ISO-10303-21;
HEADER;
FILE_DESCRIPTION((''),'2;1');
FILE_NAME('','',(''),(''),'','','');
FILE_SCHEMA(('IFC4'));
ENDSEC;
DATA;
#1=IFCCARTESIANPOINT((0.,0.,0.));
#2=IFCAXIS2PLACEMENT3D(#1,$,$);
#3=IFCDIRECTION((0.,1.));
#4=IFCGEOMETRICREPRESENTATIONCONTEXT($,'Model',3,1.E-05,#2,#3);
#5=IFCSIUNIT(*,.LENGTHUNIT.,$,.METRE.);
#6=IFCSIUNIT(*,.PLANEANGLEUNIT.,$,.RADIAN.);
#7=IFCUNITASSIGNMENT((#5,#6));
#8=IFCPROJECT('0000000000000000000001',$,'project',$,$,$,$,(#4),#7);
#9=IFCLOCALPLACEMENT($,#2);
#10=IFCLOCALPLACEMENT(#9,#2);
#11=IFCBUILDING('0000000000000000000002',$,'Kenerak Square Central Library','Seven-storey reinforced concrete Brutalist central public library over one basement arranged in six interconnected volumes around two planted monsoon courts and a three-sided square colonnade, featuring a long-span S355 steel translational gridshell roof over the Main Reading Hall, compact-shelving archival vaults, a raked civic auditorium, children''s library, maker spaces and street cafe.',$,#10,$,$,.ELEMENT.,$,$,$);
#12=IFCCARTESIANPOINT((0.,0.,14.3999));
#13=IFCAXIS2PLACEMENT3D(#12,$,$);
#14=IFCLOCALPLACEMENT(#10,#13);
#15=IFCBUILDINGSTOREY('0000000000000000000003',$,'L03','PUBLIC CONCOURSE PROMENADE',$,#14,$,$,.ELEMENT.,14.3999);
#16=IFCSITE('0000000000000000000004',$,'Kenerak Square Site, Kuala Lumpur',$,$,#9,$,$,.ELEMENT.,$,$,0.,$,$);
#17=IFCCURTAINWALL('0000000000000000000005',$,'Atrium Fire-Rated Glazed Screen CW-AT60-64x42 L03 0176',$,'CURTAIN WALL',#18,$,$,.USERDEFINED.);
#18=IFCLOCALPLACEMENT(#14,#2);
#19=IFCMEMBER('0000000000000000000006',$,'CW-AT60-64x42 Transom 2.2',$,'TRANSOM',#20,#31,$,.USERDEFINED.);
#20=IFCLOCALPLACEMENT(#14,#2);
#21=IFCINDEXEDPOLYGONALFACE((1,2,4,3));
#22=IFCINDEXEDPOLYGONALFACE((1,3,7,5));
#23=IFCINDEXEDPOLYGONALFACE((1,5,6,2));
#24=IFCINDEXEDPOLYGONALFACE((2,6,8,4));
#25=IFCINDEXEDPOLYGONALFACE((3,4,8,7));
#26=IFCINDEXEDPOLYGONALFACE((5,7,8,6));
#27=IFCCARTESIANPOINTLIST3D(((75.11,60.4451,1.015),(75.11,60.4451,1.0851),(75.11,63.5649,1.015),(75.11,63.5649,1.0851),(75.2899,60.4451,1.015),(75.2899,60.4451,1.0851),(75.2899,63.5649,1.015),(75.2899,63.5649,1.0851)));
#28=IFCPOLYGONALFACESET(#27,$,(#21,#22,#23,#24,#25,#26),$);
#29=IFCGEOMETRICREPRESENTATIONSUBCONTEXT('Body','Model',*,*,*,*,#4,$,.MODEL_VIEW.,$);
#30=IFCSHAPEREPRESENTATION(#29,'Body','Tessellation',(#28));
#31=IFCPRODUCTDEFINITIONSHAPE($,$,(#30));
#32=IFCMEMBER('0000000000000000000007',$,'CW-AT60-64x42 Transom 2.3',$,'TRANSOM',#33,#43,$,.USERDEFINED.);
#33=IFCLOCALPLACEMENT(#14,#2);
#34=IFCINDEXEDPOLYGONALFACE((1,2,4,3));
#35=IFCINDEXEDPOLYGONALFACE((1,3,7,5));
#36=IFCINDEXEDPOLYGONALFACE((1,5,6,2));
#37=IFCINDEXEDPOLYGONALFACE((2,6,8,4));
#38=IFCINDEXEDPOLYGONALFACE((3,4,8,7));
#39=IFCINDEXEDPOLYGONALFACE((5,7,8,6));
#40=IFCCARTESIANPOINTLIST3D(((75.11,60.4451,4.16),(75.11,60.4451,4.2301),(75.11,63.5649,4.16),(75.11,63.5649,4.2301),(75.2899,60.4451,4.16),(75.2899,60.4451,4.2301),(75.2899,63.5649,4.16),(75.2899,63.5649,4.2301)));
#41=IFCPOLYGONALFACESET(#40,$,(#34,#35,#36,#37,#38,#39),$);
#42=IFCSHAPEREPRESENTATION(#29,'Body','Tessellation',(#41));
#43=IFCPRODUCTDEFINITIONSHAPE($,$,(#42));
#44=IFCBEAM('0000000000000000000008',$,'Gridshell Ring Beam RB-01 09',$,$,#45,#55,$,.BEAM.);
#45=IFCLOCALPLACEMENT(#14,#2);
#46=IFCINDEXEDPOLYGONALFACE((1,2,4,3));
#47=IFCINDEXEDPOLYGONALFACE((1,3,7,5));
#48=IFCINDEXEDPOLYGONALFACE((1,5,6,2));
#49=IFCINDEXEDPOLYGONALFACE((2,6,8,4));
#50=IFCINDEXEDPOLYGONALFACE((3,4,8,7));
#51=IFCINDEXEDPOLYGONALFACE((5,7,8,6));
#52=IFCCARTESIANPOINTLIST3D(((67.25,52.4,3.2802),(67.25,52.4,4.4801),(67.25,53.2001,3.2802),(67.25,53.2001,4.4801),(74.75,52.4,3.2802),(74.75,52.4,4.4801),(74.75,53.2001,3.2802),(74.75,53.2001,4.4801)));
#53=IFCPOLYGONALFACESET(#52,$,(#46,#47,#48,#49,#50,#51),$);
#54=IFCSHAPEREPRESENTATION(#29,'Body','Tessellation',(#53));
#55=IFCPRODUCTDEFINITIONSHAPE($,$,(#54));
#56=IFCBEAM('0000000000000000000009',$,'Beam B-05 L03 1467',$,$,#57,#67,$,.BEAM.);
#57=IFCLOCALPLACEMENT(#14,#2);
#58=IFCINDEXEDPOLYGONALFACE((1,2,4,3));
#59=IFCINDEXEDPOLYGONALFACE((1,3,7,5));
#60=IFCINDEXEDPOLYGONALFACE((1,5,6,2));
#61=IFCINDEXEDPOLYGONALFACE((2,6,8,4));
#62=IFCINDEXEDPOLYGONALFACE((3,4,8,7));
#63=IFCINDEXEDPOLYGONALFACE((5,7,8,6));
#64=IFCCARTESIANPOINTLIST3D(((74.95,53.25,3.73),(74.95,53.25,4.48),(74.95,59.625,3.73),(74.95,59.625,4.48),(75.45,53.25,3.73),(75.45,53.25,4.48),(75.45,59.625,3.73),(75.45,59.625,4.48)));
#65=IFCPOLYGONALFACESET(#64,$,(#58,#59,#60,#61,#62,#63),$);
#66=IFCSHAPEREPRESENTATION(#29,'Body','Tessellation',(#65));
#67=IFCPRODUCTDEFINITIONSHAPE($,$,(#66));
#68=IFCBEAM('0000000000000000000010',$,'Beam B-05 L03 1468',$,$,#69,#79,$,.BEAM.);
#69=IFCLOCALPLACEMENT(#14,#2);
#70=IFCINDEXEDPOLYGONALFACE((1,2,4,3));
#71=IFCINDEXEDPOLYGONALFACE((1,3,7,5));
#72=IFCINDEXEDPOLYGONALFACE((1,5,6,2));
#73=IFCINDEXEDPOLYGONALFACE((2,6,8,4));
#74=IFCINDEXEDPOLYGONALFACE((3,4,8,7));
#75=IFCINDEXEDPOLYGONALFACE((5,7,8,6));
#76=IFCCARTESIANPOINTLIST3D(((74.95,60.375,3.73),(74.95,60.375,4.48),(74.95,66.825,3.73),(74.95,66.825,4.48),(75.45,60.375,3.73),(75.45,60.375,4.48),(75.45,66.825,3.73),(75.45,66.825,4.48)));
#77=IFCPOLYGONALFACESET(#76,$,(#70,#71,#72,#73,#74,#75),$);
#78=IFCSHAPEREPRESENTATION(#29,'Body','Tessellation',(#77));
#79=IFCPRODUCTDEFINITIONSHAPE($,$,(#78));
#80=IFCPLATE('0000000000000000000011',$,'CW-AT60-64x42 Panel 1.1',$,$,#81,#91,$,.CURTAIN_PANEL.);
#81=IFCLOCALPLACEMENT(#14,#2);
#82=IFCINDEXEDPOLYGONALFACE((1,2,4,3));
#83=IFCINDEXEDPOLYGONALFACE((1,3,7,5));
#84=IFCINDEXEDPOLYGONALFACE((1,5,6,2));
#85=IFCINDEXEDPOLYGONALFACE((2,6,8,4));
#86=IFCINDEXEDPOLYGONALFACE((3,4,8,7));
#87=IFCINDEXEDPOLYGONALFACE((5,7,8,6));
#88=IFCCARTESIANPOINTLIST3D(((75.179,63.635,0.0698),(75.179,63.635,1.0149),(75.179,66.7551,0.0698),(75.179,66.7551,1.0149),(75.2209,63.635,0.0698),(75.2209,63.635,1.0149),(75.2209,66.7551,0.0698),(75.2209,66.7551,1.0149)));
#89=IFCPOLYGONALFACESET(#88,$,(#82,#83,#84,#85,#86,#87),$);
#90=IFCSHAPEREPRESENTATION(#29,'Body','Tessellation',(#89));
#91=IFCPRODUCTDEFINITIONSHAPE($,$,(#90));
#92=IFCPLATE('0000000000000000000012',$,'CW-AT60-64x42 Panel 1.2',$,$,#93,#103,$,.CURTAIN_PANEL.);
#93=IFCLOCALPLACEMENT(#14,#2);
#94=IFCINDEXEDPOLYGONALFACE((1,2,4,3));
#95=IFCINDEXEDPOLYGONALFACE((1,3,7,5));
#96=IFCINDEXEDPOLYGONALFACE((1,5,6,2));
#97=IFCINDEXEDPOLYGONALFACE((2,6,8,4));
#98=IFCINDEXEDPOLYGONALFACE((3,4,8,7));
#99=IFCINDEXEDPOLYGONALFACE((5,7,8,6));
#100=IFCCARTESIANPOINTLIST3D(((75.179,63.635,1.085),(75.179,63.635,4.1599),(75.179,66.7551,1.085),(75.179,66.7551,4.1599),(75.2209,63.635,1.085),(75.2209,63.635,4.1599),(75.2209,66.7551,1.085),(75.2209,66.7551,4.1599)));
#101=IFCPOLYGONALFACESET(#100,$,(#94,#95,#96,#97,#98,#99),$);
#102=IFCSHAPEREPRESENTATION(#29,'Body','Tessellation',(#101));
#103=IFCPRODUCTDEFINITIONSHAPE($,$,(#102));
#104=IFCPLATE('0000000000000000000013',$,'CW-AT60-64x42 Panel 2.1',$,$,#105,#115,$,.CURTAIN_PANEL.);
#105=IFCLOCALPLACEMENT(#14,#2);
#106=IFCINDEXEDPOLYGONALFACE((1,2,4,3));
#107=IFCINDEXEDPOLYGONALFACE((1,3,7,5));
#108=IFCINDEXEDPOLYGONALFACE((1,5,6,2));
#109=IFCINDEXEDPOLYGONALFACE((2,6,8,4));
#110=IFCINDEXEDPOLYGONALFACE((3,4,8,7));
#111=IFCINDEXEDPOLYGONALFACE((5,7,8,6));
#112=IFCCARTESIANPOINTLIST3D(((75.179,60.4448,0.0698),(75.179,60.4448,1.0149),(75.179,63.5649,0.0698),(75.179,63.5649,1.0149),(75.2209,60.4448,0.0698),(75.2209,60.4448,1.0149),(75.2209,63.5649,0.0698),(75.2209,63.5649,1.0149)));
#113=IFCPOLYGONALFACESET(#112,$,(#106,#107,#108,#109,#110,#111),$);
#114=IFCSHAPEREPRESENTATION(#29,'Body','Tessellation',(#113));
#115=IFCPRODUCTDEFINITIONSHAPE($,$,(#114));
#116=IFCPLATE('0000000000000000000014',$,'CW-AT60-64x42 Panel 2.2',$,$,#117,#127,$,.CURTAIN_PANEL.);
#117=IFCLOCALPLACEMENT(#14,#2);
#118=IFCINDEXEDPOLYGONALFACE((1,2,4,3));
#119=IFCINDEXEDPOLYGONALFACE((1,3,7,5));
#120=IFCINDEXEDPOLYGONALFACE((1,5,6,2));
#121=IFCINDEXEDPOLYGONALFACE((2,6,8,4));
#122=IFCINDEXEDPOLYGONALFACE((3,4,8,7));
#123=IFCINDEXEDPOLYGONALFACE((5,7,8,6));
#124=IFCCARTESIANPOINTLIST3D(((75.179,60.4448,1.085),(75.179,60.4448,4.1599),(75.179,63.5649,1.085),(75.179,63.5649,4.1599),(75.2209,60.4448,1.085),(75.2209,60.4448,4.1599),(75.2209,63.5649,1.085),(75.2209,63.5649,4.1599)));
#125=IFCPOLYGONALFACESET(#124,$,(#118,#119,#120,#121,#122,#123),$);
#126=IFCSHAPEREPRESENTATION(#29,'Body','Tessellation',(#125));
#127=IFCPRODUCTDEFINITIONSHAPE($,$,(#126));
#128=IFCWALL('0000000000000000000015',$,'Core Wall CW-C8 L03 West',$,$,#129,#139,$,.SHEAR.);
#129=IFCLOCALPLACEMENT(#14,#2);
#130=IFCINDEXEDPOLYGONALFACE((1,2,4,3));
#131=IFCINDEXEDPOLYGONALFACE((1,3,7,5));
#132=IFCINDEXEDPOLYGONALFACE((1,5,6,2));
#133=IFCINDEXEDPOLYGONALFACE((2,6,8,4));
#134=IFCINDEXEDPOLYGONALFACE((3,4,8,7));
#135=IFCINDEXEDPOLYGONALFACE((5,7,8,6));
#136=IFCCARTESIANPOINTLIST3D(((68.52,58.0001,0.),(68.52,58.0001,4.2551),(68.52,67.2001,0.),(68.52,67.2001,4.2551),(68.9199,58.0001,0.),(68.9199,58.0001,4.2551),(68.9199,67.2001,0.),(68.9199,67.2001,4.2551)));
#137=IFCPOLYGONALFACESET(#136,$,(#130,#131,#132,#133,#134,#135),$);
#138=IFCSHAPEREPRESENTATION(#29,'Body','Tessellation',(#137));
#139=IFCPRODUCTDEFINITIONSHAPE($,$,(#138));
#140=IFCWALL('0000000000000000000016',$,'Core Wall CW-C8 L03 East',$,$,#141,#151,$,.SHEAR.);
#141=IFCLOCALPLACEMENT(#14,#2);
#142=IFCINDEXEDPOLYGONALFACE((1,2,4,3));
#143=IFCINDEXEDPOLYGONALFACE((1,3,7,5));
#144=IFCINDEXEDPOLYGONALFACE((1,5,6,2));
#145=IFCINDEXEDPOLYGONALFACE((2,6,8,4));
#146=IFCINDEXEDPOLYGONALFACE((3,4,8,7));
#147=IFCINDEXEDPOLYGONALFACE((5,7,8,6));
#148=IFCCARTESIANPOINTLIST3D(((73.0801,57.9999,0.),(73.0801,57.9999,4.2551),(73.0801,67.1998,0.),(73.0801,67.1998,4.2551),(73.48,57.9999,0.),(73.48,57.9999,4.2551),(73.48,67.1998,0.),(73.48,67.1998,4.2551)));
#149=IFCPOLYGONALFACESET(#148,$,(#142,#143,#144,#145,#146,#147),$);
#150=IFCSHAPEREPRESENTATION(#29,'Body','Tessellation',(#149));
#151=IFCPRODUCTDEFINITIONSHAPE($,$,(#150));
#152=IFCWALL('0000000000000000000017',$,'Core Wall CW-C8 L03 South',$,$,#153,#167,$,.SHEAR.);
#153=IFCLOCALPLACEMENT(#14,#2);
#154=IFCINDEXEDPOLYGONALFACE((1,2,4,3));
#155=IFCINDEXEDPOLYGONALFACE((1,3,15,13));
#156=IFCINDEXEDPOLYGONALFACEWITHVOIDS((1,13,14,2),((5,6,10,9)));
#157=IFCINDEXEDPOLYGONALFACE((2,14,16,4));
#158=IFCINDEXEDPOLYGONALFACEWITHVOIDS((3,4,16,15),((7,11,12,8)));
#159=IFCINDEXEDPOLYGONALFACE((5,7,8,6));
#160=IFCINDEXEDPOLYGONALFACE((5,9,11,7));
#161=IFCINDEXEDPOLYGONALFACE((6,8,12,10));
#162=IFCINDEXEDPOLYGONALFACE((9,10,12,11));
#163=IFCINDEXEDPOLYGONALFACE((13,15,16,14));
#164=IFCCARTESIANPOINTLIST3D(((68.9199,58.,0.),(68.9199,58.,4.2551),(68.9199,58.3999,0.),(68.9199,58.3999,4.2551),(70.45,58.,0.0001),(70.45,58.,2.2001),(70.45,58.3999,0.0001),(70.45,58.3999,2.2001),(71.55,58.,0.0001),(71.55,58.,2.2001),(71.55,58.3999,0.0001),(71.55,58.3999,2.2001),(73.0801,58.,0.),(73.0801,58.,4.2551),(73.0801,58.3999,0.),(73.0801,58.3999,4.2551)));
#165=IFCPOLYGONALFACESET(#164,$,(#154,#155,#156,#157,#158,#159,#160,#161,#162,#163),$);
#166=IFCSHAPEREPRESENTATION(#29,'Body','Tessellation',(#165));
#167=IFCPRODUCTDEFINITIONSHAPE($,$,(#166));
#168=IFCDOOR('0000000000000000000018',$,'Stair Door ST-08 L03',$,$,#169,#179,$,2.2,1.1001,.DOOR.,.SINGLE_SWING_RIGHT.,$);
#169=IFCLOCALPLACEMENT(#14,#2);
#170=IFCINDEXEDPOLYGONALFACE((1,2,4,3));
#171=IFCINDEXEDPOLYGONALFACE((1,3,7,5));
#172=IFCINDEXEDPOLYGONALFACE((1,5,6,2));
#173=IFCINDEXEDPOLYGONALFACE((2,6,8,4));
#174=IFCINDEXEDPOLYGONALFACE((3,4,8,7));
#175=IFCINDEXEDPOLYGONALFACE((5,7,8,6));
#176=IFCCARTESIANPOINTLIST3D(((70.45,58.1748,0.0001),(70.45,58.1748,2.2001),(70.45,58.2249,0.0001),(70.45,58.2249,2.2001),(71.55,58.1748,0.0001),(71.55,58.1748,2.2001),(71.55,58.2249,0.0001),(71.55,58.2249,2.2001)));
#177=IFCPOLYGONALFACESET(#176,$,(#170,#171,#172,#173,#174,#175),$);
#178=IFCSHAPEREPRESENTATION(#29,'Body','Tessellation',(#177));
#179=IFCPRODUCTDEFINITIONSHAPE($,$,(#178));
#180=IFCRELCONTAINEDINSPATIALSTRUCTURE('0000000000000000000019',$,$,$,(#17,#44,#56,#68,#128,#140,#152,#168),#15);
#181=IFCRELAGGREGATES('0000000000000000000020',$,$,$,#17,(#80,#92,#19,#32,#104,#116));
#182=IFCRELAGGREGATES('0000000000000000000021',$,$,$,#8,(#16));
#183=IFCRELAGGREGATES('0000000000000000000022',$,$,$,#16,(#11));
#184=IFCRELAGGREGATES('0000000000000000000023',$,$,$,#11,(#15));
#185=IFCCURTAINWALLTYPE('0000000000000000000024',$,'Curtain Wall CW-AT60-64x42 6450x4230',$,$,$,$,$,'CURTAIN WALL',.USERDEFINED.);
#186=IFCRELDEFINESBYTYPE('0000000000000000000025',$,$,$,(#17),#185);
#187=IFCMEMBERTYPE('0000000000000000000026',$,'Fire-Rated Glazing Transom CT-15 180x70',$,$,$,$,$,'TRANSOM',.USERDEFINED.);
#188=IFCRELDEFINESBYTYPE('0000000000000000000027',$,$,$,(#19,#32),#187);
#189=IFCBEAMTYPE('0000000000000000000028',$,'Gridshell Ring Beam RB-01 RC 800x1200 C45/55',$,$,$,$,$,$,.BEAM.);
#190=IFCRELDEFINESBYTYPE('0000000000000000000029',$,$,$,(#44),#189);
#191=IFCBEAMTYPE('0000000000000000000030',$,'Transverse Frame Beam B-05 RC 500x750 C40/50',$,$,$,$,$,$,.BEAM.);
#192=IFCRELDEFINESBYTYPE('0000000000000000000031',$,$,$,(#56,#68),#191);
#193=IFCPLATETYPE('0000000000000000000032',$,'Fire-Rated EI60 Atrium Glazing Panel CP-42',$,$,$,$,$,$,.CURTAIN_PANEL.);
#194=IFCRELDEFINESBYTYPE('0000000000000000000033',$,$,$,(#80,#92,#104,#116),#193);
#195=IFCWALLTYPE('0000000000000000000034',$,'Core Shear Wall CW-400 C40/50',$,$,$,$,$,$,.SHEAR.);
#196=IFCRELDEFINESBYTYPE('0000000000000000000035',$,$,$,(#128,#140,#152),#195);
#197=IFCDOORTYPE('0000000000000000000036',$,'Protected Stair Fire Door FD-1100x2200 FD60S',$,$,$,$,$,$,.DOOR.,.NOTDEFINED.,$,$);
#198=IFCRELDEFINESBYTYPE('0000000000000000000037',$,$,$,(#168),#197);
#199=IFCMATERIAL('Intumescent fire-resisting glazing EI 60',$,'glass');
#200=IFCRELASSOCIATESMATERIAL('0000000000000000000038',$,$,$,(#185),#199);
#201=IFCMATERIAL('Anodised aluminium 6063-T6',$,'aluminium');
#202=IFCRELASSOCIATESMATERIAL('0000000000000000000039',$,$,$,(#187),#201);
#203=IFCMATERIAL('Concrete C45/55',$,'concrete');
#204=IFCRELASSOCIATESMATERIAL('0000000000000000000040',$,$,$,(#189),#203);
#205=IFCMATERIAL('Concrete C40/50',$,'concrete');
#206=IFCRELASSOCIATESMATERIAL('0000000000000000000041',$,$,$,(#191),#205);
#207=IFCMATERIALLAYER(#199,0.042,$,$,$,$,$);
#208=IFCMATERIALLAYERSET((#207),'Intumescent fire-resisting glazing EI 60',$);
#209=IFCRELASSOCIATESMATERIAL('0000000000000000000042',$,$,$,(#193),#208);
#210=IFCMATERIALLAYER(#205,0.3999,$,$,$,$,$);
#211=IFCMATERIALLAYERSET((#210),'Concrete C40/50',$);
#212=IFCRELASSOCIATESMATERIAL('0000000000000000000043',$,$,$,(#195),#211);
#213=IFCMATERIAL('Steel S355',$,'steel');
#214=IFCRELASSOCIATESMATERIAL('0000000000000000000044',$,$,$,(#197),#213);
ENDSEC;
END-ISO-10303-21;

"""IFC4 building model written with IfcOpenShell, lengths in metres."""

from ifc_helpers import new_model, si_unit, direction, frame, frame_2d, origin, origin_2d, place, context, subcontext, project, spatial, rectangle, extrude, material, layer, layer_set, material_profile, profile_set, type_object, element, fill, aggregate, save


model = new_model("IFC4")

# Units and contexts
model_context = context("Model", 3, precision=1e-05, world=origin(), true_north=direction((0.0, 1.0)))
body_context = subcontext(model_context, "Body", "Model", "MODEL_VIEW")
ifc_project = project(units=[si_unit("LENGTHUNIT", "METRE"), si_unit("PLANEANGLEUNIT", "RADIAN")], contexts=[model_context])

# Site, building, storey
site_placement = place(None, origin())
site = spatial("IfcSite", under=ifc_project, at=site_placement, Name="Kenerak Square Site, Kuala Lumpur", CompositionType="ELEMENT", RefElevation=0.0)
building_placement = place(site_placement, origin())
building = spatial("IfcBuilding", under=site, at=building_placement, Name="Kenerak Square Central Library", Description="Seven-storey reinforced concrete Brutalist central public library over one basement arranged in six interconnected volumes around two planted monsoon courts and a three-sided square colonnade, featuring a long-span S355 steel translational gridshell roof over the Main Reading Hall, compact-shelving archival vaults, a raked civic auditorium, children's library, maker spaces and street cafe.", CompositionType="ELEMENT")
storey_placement = place(building_placement, frame((0.0, 0.0, 14.3999)))
storey = spatial("IfcBuildingStorey", under=building, at=storey_placement, Name="L03", Description="PUBLIC CONCOURSE PROMENADE", CompositionType="ELEMENT", Elevation=14.3999)

# Shared definitions
ifc_material_1 = material(Name="Concrete C40/50", Category="concrete")
ifc_material_2 = material(Name="Concrete C45/55", Category="concrete")

# Curtain wall, members
ifc_material_3 = material(Name="Intumescent fire-resisting glazing EI 60", Category="glass")
curtain_wall_type = type_object("IfcCurtainWallType", Name="Curtain Wall CW-AT60-64x42 6450x4230", ElementType="CURTAIN WALL", PredefinedType="USERDEFINED", material=ifc_material_3)
curtain_wall_placement = place(storey_placement, origin())
curtain_wall = element("IfcCurtainWall", 1, at=curtain_wall_placement, inside=storey, type_object=curtain_wall_type, Name="Atrium Fire-Rated Glazed Screen CW-AT60-64x42 L03 0176", ObjectType="CURTAIN WALL", PredefinedType="USERDEFINED")
ifc_material_4 = material(Name="Anodised aluminium 6063-T6", Category="aluminium")
ifc_material_profile_1 = material_profile(ifc_material_4, rectangle(XDim=0.1799, YDim=0.0701, at=origin_2d()), Name="AL TRANSOM 180x70")
ifc_profile_set_1 = profile_set([ifc_material_profile_1], Name="Anodised aluminium 6063-T6")
member_type_1 = type_object("IfcMemberType", Name="Fire-Rated Glazing Transom CT-15 180x70", ElementType="TRANSOM", PredefinedType="USERDEFINED", material=ifc_profile_set_1)
member_1_placement = place(storey_placement, frame((75.2, 63.5649, 1.05), z_axis=(0.0, -1.0, 0.0), x_axis=(1.0, 0.0, 0.0)))
member_1 = element("IfcMember", 2, at=member_1_placement, type_object=member_type_1, Name="CW-AT60-64x42 Transom 2.2", ObjectType="TRANSOM", PredefinedType="USERDEFINED", context=body_context, shape_type="SweptSolid", body=[
    extrude(rectangle(XDim=0.1799, YDim=0.0701, at=origin_2d()), origin(), (0.0, 0.0, 1.0), 3.1199),
])
member_2_placement = place(storey_placement, frame((75.2, 63.5649, 4.1951), z_axis=(0.0, -1.0, 0.0), x_axis=(1.0, 0.0, 0.0)))
member_2 = element("IfcMember", 3, at=member_2_placement, type_object=member_type_1, Name="CW-AT60-64x42 Transom 2.3", ObjectType="TRANSOM", PredefinedType="USERDEFINED", context=body_context, shape_type="SweptSolid", body=[
    extrude(rectangle(XDim=0.1799, YDim=0.0701, at=origin_2d()), origin(), (0.0, 0.0, 1.0), 3.1199),
])

# Beams
ifc_material_profile_2 = material_profile(ifc_material_2, rectangle(XDim=0.8, YDim=1.2, at=origin_2d()), Name="RC 800x1200")
ifc_profile_set_2 = profile_set([ifc_material_profile_2], Name="Concrete C45/55")
beam_type_1 = type_object("IfcBeamType", Name="Gridshell Ring Beam RB-01 RC 800x1200 C45/55", PredefinedType="BEAM", material=ifc_profile_set_2)
beam_1_placement = place(storey_placement, frame((67.25, 52.8, 3.8801), z_axis=(1.0, 0.0, 0.0), x_axis=(0.0, 1.0, 0.0)))
element("IfcBeam", 4, at=beam_1_placement, inside=storey, type_object=beam_type_1, Name="Gridshell Ring Beam RB-01 09", PredefinedType="BEAM", context=body_context, shape_type="SweptSolid", body=[
    extrude(rectangle(XDim=0.8, YDim=1.2, at=origin_2d()), origin(), (0.0, 0.0, 1.0), 7.5),
])
ifc_material_profile_3 = material_profile(ifc_material_1, rectangle(XDim=0.5, YDim=0.75, at=origin_2d()), Name="RC 500x750")
ifc_profile_set_3 = profile_set([ifc_material_profile_3], Name="Concrete C40/50")
beam_type_2 = type_object("IfcBeamType", Name="Transverse Frame Beam B-05 RC 500x750 C40/50", PredefinedType="BEAM", material=ifc_profile_set_3)
beam_2_placement = place(storey_placement, frame((75.2, 53.25, 4.105), z_axis=(0.0, 1.0, 0.0), x_axis=(-1.0, 0.0, 0.0)))
element("IfcBeam", 5, at=beam_2_placement, inside=storey, type_object=beam_type_2, Name="Beam B-05 L03 1467", PredefinedType="BEAM", context=body_context, shape_type="SweptSolid", body=[
    extrude(rectangle(XDim=0.5, YDim=0.75, at=origin_2d()), origin(), (0.0, 0.0, 1.0), 6.375),
])
beam_3_placement = place(storey_placement, frame((75.2, 60.375, 4.105), z_axis=(0.0, 1.0, 0.0), x_axis=(-1.0, 0.0, 0.0)))
element("IfcBeam", 6, at=beam_3_placement, inside=storey, type_object=beam_type_2, Name="Beam B-05 L03 1468", PredefinedType="BEAM", context=body_context, shape_type="SweptSolid", body=[
    extrude(rectangle(XDim=0.5, YDim=0.75, at=origin_2d()), origin(), (0.0, 0.0, 1.0), 6.45),
])

# Plates
ifc_layer_1 = layer(ifc_material_3, 0.042)
ifc_layer_set_1 = layer_set([ifc_layer_1], Name="Intumescent fire-resisting glazing EI 60")
plate_type = type_object("IfcPlateType", Name="Fire-Rated EI60 Atrium Glazing Panel CP-42", PredefinedType="CURTAIN_PANEL", material=ifc_layer_set_1)
plate_1_placement = place(storey_placement, frame((75.2, 65.1951, 0.0698), z_axis=(0.0, 0.0, 1.0), x_axis=(0.0, -1.0, 0.0)))
plate_1 = element("IfcPlate", 7, at=plate_1_placement, type_object=plate_type, Name="CW-AT60-64x42 Panel 1.1", PredefinedType="CURTAIN_PANEL", context=body_context, shape_type="SweptSolid", body=[
    extrude(rectangle(XDim=3.1201, YDim=0.042, at=origin_2d()), origin(), (0.0, 0.0, 1.0), 0.9451),
])
plate_2_placement = place(storey_placement, frame((75.2, 65.1951, 1.085), z_axis=(0.0, 0.0, 1.0), x_axis=(0.0, -1.0, 0.0)))
plate_2 = element("IfcPlate", 8, at=plate_2_placement, type_object=plate_type, Name="CW-AT60-64x42 Panel 1.2", PredefinedType="CURTAIN_PANEL", context=body_context, shape_type="SweptSolid", body=[
    extrude(rectangle(XDim=3.1201, YDim=0.042, at=origin_2d()), origin(), (0.0, 0.0, 1.0), 3.075),
])
plate_3_placement = place(storey_placement, frame((75.2, 62.0049, 0.0698), z_axis=(0.0, 0.0, 1.0), x_axis=(0.0, -1.0, 0.0)))
plate_3 = element("IfcPlate", 9, at=plate_3_placement, type_object=plate_type, Name="CW-AT60-64x42 Panel 2.1", PredefinedType="CURTAIN_PANEL", context=body_context, shape_type="SweptSolid", body=[
    extrude(rectangle(XDim=3.1201, YDim=0.042, at=origin_2d()), origin(), (0.0, 0.0, 1.0), 0.9451),
])
plate_4_placement = place(storey_placement, frame((75.2, 62.0049, 1.085), z_axis=(0.0, 0.0, 1.0), x_axis=(0.0, -1.0, 0.0)))
plate_4 = element("IfcPlate", 10, at=plate_4_placement, type_object=plate_type, Name="CW-AT60-64x42 Panel 2.2", PredefinedType="CURTAIN_PANEL", context=body_context, shape_type="SweptSolid", body=[
    extrude(rectangle(XDim=3.1201, YDim=0.042, at=origin_2d()), origin(), (0.0, 0.0, 1.0), 3.075),
])
aggregate(curtain_wall, [plate_1, plate_2, member_1, member_2, plate_3, plate_4])

# Walls
ifc_layer_2 = layer(ifc_material_1, 0.3999)
ifc_layer_set_2 = layer_set([ifc_layer_2], Name="Concrete C40/50")
wall_type = type_object("IfcWallType", Name="Core Shear Wall CW-400 C40/50", PredefinedType="SHEAR", material=ifc_layer_set_2)
for number, where, z_axis, x_axis, name in (
    (11, (68.72, 58.0, 0.0), (0.0, 0.0, 1.0), (0.0, 1.0, 0.0), "Core Wall CW-C8 L03 West"),
    (12, (73.28, 67.2, 0.0), (0.0, 0.0, 1.0), (0.0, -1.0, 0.0), "Core Wall CW-C8 L03 East"),
):
    element("IfcWall", number, at=place(storey_placement, frame(where, z_axis=z_axis, x_axis=x_axis)), inside=storey, type_object=wall_type, Name=name, PredefinedType="SHEAR", context=body_context, shape_type="SweptSolid", body=[
        extrude(rectangle(XDim=9.2, YDim=0.3999, at=frame_2d((4.6001, 0.0))), origin(), (0.0, 0.0, 1.0), 4.2551),
    ])

# Wall, opening, door
wall_1_placement = place(storey_placement, frame((73.0801, 58.2, 0.0), z_axis=(0.0, 0.0, 1.0), x_axis=(-1.0, 0.0, 0.0)))
wall_1 = element("IfcWall", 13, at=wall_1_placement, inside=storey, type_object=wall_type, Name="Core Wall CW-C8 L03 South", PredefinedType="SHEAR", context=body_context, shape_type="SweptSolid", body=[
    extrude(rectangle(XDim=4.1602, YDim=0.3999, at=frame_2d((2.0801, 0.0))), origin(), (0.0, 0.0, 1.0), 4.2551),
])
opening_placement = place(wall_1_placement, frame((1.53, 0.0, 0.0)))
opening = element("IfcOpeningElement", 14, at=opening_placement, cuts=wall_1, PredefinedType="OPENING", context=body_context, shape_type="SweptSolid", body=[
    extrude(rectangle(XDim=1.1001, YDim=2.2, at=frame_2d((0.55, 1.1001))), frame((0.0, 0.21, 0.0), z_axis=(0.0, -1.0, 0.0), x_axis=(1.0, 0.0, 0.0)), (0.0, 0.0, 1.0), 0.4199),
])
ifc_material_5 = material(Name="Steel S355", Category="steel")
door_type = type_object("IfcDoorType", Name="Protected Stair Fire Door FD-1100x2200 FD60S", OperationType="NOTDEFINED", PredefinedType="DOOR", material=ifc_material_5)
door_placement = place(opening_placement, frame((1.1001, 0.0, 0.0), z_axis=(0.0, 0.0, 1.0), x_axis=(-1.0, 0.0, 0.0)))
door = element("IfcDoor", 15, at=door_placement, inside=storey, type_object=door_type, Name="Stair Door ST-08 L03", OperationType="SINGLE_SWING_RIGHT", OverallHeight=2.2, OverallWidth=1.1001, PredefinedType="DOOR", context=body_context, shape_type="SweptSolid", body=[
    extrude(rectangle(XDim=1.1001, YDim=2.2, at=frame_2d((0.55, 1.1001))), frame((0.0, 0.0249, 0.0), z_axis=(0.0, -1.0, 0.0), x_axis=(1.0, 0.0, 0.0)), (0.0, 0.0, 1.0), 0.05),
])
fill(opening, door)

save(model, "model.ifc")
